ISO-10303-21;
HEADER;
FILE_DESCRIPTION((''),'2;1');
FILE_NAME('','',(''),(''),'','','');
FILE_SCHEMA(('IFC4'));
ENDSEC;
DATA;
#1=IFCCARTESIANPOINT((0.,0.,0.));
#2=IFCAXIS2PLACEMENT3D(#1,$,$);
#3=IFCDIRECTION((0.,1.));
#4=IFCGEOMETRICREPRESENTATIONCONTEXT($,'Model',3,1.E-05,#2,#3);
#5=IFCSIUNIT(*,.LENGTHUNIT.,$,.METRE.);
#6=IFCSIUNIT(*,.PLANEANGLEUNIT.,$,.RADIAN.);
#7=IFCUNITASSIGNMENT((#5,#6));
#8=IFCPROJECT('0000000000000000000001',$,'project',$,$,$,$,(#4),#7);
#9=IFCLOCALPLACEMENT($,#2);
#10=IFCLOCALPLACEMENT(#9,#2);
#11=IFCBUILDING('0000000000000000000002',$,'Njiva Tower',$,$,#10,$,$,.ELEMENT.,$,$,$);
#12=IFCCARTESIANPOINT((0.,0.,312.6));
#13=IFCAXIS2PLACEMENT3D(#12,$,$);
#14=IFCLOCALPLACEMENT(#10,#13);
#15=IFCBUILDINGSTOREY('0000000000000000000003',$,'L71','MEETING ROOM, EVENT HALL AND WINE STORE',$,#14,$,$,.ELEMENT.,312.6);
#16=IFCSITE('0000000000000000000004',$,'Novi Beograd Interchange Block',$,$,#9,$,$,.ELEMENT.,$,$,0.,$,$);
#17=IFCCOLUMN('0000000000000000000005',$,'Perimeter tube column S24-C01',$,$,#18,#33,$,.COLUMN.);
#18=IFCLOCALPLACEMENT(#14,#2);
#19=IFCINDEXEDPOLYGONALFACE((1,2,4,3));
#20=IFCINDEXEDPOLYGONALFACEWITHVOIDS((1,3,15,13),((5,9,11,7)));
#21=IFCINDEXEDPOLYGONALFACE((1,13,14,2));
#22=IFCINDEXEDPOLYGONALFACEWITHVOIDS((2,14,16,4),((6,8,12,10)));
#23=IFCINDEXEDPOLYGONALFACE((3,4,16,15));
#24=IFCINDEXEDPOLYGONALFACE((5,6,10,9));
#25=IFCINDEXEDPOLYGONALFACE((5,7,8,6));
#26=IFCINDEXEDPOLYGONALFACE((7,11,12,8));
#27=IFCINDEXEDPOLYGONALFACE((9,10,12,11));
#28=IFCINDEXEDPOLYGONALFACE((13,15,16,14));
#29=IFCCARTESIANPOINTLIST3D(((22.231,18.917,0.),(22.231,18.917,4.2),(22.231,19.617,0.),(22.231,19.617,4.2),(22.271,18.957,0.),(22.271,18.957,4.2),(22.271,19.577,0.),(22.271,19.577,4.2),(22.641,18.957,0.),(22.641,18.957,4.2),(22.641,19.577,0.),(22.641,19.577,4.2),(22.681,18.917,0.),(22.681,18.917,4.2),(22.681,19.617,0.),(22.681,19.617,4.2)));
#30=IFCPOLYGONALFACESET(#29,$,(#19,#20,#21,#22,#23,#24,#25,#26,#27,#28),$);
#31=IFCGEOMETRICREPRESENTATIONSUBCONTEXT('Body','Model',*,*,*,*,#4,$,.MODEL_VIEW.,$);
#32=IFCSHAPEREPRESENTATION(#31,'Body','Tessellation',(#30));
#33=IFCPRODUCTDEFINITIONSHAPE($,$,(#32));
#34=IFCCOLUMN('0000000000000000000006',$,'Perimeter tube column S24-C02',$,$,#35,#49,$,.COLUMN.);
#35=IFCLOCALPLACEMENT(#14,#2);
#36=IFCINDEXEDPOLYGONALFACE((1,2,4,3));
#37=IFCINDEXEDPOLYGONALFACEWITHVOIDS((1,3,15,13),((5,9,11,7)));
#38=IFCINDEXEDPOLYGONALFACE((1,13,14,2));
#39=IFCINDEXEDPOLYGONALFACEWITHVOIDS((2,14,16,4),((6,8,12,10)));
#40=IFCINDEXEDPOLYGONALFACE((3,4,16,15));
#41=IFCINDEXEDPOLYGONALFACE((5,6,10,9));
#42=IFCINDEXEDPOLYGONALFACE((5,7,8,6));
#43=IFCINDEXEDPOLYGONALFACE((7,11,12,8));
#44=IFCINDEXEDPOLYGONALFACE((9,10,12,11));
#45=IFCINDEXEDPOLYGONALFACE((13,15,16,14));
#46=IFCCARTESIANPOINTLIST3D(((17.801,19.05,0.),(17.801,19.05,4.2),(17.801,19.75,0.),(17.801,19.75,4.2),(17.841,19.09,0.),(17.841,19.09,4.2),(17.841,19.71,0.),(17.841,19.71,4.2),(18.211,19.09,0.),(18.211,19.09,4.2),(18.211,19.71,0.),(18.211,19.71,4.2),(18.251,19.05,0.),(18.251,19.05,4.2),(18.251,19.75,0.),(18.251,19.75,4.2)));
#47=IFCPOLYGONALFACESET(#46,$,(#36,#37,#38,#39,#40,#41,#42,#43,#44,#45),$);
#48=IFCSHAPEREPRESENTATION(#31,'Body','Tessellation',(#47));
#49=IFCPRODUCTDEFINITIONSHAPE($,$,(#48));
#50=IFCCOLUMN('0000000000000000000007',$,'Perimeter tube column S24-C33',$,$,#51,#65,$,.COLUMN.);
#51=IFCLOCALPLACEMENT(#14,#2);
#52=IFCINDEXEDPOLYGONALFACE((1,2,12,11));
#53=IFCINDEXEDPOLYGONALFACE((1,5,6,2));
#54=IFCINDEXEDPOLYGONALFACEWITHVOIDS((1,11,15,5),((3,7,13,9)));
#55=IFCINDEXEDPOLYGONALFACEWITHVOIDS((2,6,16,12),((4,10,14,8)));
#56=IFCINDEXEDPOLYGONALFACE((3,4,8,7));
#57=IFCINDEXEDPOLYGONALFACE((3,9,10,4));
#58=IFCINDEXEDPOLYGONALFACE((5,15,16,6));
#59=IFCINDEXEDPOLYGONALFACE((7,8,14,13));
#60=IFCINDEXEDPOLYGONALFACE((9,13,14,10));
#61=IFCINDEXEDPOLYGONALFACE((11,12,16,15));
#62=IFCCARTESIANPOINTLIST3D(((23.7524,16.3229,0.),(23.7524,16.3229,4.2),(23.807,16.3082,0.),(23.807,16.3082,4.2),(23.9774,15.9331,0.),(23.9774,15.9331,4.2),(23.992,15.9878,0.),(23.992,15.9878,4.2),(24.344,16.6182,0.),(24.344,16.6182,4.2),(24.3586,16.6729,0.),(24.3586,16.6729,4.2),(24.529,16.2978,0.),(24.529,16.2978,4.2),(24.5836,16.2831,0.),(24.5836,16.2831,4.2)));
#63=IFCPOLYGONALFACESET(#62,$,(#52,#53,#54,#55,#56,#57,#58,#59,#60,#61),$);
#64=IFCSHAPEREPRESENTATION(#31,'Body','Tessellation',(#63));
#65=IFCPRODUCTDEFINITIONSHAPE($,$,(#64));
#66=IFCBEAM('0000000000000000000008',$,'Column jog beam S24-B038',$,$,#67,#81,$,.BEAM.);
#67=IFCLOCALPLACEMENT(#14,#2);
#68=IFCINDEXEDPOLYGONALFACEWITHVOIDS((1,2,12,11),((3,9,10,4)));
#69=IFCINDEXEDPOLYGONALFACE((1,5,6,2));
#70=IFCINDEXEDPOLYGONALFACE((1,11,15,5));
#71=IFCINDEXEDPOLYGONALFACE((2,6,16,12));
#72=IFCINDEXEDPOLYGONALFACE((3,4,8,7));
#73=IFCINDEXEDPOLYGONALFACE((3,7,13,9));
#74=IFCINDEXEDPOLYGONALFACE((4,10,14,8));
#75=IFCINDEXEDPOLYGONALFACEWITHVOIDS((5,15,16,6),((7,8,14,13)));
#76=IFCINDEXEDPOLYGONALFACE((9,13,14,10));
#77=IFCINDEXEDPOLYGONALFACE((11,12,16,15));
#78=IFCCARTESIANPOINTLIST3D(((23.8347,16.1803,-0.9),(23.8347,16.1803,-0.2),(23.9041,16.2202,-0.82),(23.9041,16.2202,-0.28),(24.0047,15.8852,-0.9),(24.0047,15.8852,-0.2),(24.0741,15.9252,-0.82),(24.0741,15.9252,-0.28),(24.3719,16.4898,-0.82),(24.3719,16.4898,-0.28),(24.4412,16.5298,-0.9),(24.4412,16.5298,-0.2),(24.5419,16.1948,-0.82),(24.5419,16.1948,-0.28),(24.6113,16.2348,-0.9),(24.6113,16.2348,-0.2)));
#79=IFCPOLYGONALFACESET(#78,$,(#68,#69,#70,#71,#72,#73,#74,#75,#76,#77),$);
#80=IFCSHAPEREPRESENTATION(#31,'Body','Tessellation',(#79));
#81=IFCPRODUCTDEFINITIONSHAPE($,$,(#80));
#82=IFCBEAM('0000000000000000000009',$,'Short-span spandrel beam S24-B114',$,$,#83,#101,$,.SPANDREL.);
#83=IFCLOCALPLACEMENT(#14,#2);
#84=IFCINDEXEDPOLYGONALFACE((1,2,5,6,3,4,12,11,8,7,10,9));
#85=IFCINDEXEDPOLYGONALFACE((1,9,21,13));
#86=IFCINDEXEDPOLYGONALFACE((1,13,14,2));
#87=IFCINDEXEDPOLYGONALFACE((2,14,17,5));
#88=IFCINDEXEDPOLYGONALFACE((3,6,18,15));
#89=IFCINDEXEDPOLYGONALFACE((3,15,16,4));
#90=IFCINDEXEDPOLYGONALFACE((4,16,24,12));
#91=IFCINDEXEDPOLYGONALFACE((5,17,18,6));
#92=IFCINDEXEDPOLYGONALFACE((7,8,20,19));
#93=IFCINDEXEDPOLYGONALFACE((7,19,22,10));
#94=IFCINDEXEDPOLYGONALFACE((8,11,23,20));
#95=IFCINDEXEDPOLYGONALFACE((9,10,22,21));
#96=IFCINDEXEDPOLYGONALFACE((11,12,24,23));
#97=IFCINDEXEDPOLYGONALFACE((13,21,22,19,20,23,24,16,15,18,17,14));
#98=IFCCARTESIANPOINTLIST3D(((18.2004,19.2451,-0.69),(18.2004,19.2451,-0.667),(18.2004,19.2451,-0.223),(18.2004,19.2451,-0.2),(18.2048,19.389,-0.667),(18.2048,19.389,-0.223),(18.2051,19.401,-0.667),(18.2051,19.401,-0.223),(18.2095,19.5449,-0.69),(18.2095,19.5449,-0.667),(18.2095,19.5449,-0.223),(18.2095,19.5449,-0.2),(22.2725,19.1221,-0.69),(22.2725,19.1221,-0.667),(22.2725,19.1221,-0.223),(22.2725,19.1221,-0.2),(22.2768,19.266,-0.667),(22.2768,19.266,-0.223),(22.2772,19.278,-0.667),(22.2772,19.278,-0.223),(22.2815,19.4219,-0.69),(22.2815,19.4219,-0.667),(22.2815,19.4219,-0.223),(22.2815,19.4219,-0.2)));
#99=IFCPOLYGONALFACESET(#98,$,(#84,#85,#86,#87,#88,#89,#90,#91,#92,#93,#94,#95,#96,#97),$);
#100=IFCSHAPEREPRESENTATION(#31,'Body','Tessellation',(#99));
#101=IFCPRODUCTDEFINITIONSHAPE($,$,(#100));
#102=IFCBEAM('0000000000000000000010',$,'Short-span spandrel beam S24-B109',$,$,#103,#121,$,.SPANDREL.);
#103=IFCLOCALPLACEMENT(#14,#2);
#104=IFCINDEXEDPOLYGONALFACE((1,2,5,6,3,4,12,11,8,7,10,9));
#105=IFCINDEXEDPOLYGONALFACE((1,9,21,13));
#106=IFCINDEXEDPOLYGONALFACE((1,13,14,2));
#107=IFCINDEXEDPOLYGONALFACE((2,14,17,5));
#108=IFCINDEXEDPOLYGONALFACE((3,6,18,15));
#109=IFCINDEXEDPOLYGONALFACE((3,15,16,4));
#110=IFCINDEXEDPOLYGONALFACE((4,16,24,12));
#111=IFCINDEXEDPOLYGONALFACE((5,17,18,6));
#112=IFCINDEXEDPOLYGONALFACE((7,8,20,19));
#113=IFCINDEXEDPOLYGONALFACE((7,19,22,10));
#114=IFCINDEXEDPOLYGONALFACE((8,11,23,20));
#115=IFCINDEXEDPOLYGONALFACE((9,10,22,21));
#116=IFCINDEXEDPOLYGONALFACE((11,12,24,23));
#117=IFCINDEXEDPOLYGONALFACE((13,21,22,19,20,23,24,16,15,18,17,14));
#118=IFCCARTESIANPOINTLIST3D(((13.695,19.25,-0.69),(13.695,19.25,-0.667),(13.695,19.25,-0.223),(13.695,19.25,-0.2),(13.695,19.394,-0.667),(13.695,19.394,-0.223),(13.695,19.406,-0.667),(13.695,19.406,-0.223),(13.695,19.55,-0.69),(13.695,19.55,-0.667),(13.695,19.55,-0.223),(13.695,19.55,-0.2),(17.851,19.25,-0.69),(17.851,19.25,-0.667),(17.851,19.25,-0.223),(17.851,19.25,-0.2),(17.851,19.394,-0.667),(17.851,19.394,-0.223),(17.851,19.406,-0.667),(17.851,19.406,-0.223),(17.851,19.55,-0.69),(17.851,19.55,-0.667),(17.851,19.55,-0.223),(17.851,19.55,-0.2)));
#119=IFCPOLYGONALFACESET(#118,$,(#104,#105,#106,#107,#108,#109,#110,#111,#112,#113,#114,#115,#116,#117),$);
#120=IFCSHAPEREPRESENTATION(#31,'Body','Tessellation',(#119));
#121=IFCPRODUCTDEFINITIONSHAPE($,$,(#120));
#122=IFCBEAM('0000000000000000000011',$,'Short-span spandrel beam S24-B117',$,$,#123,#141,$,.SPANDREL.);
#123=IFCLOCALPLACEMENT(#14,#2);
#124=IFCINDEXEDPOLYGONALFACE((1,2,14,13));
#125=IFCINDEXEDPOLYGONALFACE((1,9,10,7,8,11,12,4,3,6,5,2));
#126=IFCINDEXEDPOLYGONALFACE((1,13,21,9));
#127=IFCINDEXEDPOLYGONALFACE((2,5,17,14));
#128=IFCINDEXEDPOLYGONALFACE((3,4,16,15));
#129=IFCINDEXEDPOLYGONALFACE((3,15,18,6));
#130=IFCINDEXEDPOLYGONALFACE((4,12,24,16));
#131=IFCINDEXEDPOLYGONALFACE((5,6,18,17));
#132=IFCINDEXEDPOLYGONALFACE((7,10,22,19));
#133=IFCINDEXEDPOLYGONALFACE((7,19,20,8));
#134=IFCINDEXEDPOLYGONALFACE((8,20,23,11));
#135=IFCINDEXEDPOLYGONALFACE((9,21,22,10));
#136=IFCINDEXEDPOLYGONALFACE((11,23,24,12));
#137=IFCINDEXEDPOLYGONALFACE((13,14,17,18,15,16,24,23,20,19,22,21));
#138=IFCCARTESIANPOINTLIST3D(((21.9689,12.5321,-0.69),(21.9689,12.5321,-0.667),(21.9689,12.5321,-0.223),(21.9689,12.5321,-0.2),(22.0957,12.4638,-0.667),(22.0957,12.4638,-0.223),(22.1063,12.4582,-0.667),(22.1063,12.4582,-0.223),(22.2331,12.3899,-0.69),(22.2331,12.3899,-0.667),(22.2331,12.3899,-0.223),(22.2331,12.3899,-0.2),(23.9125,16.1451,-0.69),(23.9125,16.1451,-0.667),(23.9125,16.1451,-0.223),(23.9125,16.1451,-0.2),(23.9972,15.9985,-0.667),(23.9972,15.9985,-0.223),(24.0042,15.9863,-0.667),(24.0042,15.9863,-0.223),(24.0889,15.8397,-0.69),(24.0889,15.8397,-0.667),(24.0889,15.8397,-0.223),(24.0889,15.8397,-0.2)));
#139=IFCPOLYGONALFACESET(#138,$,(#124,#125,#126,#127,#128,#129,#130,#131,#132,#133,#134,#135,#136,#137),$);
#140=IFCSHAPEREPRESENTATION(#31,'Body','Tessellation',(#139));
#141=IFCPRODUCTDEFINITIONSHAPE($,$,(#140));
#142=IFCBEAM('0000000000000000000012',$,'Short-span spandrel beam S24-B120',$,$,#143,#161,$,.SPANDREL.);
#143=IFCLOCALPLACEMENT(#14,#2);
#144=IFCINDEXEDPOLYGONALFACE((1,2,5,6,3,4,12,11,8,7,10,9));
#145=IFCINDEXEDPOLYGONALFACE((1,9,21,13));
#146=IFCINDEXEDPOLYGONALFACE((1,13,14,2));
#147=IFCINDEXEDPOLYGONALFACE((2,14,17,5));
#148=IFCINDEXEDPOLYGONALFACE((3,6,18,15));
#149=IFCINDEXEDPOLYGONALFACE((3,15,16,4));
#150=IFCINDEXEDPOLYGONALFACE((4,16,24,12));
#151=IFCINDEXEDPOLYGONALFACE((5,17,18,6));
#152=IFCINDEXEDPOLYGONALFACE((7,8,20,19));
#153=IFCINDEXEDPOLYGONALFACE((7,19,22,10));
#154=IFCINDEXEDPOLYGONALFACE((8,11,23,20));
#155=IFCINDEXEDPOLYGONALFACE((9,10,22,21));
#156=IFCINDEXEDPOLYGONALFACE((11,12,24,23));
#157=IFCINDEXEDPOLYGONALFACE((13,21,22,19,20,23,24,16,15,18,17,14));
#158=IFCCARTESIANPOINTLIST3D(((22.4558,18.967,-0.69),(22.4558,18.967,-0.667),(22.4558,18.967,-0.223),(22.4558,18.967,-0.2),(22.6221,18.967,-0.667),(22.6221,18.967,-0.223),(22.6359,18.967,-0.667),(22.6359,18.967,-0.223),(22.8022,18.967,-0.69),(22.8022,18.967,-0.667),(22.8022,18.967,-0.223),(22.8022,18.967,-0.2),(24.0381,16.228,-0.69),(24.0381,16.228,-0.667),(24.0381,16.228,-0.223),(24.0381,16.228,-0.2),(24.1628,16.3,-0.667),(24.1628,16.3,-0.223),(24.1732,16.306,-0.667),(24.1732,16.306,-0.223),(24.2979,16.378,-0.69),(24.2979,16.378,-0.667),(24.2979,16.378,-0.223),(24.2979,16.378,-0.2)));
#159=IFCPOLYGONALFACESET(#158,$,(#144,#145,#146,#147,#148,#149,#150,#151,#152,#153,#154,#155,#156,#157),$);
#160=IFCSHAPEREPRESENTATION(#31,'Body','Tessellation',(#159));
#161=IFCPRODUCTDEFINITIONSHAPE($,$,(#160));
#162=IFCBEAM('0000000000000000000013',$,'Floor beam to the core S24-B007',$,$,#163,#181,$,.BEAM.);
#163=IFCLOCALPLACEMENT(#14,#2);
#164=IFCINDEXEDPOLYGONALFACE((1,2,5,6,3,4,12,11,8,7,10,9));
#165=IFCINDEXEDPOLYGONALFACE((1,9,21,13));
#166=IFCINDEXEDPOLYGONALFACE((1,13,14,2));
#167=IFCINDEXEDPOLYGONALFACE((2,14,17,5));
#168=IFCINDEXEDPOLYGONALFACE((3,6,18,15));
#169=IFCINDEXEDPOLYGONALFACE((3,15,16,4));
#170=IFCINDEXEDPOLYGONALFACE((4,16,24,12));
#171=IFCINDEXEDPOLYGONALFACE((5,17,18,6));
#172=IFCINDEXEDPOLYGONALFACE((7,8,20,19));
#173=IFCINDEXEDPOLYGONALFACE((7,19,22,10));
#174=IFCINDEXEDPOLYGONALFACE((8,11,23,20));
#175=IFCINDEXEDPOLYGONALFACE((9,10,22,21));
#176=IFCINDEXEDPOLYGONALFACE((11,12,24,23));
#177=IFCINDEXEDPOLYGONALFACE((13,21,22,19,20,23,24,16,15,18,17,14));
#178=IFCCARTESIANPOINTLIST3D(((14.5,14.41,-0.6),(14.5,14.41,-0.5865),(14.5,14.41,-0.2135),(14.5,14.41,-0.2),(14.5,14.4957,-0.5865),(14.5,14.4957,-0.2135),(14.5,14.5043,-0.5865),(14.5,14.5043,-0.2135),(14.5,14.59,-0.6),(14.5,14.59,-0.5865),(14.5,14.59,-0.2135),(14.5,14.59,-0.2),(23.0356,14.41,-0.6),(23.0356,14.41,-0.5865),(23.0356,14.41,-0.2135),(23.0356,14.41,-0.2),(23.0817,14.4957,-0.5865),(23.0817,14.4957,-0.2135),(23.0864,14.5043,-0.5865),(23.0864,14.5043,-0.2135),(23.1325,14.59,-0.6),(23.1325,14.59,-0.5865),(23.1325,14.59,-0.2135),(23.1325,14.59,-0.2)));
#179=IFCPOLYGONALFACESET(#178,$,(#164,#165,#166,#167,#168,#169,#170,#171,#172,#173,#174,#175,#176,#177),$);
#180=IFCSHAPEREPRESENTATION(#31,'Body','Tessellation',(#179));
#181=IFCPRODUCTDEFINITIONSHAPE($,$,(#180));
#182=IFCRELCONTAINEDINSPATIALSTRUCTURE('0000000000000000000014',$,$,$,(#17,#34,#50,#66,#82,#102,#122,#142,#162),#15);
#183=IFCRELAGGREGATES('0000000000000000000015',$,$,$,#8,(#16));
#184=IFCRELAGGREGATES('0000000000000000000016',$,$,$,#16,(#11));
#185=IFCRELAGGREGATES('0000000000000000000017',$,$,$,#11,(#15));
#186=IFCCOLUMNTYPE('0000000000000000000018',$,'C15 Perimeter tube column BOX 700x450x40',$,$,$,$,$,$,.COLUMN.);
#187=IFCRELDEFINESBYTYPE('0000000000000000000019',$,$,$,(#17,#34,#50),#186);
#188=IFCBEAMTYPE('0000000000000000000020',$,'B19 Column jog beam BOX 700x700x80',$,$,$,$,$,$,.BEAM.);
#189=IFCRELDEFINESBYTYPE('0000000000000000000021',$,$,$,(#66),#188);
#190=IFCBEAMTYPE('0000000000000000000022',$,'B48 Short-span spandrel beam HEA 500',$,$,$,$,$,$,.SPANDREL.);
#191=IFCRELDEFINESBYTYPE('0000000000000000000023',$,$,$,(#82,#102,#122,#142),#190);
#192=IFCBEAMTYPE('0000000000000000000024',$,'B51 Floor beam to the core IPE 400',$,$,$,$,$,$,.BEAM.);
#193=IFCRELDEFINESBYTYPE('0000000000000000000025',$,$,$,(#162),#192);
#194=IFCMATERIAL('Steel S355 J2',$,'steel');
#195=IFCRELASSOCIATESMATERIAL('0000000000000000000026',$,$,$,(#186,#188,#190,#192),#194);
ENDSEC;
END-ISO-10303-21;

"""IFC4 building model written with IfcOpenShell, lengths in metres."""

from ifc_helpers import new_model, si_unit, direction, frame, origin, origin_2d, place, context, subcontext, project, spatial, hollow_rectangle, i_section, extrude, clip, halfspace, material, material_profile, profile_set, type_object, element, save


model = new_model("IFC4")

# Units and contexts
model_context = context("Model", 3, precision=1e-05, world=origin(), true_north=direction((0.0, 1.0)))
body_context = subcontext(model_context, "Body", "Model", "MODEL_VIEW")
ifc_project = project(units=[si_unit("LENGTHUNIT", "METRE"), si_unit("PLANEANGLEUNIT", "RADIAN")], contexts=[model_context])

# Site, building, storey
site_placement = place(None, origin())
site = spatial("IfcSite", under=ifc_project, at=site_placement, Name="Novi Beograd Interchange Block", CompositionType="ELEMENT", RefElevation=0.0)
building_placement = place(site_placement, origin())
building = spatial("IfcBuilding", under=site, at=building_placement, Name="Njiva Tower", CompositionType="ELEMENT")
storey_placement = place(building_placement, frame((0.0, 0.0, 312.6)))
storey = spatial("IfcBuildingStorey", under=building, at=storey_placement, Name="L71", Description="MEETING ROOM, EVENT HALL AND WINE STORE", CompositionType="ELEMENT", Elevation=312.6)

# Columns
ifc_material_1 = material(Name="Steel S355 J2", Category="steel")
ifc_material_profile_1 = material_profile(ifc_material_1, hollow_rectangle(XDim=0.45, YDim=0.7, WallThickness=0.04, at=origin_2d()), Name="BOX 700x450x40")
ifc_profile_set_1 = profile_set([ifc_material_profile_1], Name="Steel S355 J2")
column_type = type_object("IfcColumnType", Name="C15 Perimeter tube column BOX 700x450x40", PredefinedType="COLUMN", material=ifc_profile_set_1)
for number, where, z_axis, x_axis, name in (
    (1, (22.456, 19.267, 0.0), (0.0, 0.0, 1.0), (-1.0, 0.0, 0.0), "Perimeter tube column S24-C01"),
    (2, (18.026, 19.4, 0.0), (0.0, 0.0, 1.0), (-1.0, 0.0, 0.0), "Perimeter tube column S24-C02"),
    (3, (24.168, 16.303, 0.0), (0.0, 0.0, 1.0), (-0.5, 0.866025, 0.0), "Perimeter tube column S24-C33"),
):
    element("IfcColumn", number, at=place(storey_placement, frame(where, z_axis=z_axis, x_axis=x_axis)), inside=storey, type_object=column_type, Name=name, PredefinedType="COLUMN", context=body_context, shape_type="SweptSolid", body=[
        extrude(hollow_rectangle(XDim=0.45, YDim=0.7, WallThickness=0.04, at=origin_2d()), origin(), (0.0, 0.0, 1.0), 4.2),
    ])

# Beams
ifc_material_profile_2 = material_profile(ifc_material_1, hollow_rectangle(XDim=0.7, YDim=0.7, WallThickness=0.08, at=origin_2d()), Name="BOX 700x700x80")
ifc_profile_set_2 = profile_set([ifc_material_profile_2], Name="Steel S355 J2")
beam_type_1 = type_object("IfcBeamType", Name="B19 Column jog beam BOX 700x700x80", PredefinedType="BEAM", material=ifc_profile_set_2)
beam_1_placement = place(storey_placement, frame((24.308, 16.06, -0.55), z_axis=(-0.499299, 0.86643, 0.0), x_axis=(-0.86643, -0.499299, 0.0)))
element("IfcBeam", 4, at=beam_1_placement, inside=storey, type_object=beam_type_1, Name="Column jog beam S24-B038", PredefinedType="BEAM", context=body_context, shape_type="SweptSolid", body=[
    extrude(hollow_rectangle(XDim=0.7, YDim=0.7, WallThickness=0.08, at=origin_2d()), origin(), (0.0, 0.0, 1.0), 0.3405),
])
ifc_material_profile_3 = material_profile(ifc_material_1, i_section(OverallWidth=0.3, OverallDepth=0.49, WebThickness=0.012, FlangeThickness=0.023, at=origin_2d()), Name="HEA 500")
ifc_profile_set_3 = profile_set([ifc_material_profile_3], Name="Steel S355 J2")
beam_type_2 = type_object("IfcBeamType", Name="B48 Short-span spandrel beam HEA 500", PredefinedType="SPANDREL", material=ifc_profile_set_3)
beam_2_placement = place(storey_placement, frame((22.277, 19.272, -0.445), z_axis=(-0.999544, 0.030193, 0.0), x_axis=(-0.030193, -0.999544, 0.0)))
element("IfcBeam", 5, at=beam_2_placement, inside=storey, type_object=beam_type_2, Name="Short-span spandrel beam S24-B114", PredefinedType="SPANDREL", context=body_context, shape_type="SweptSolid", body=[
    extrude(i_section(OverallWidth=0.3, OverallDepth=0.49, WebThickness=0.012, FlangeThickness=0.023, at=origin_2d()), origin(), (0.0, 0.0, 1.0), 4.0739),
])
beam_3_placement = place(storey_placement, frame((17.851, 19.4, -0.445), z_axis=(-1.0, 0.0, 0.0), x_axis=(0.0, -1.0, 0.0)))
element("IfcBeam", 6, at=beam_3_placement, inside=storey, type_object=beam_type_2, Name="Short-span spandrel beam S24-B109", PredefinedType="SPANDREL", context=body_context, shape_type="SweptSolid", body=[
    extrude(i_section(OverallWidth=0.3, OverallDepth=0.49, WebThickness=0.012, FlangeThickness=0.023, at=origin_2d()), origin(), (0.0, 0.0, 1.0), 4.156),
])
beam_4_placement = place(storey_placement, frame((22.101, 12.461, -0.445), z_axis=(0.473743, 0.880663, 0.0), x_axis=(-0.880663, 0.473743, 0.0)))
element("IfcBeam", 7, at=beam_4_placement, inside=storey, type_object=beam_type_2, Name="Short-span spandrel beam S24-B117", PredefinedType="SPANDREL", context=body_context, shape_type="Clipping", body=[
    clip(extrude(i_section(OverallWidth=0.3, OverallDepth=0.49, WebThickness=0.012, FlangeThickness=0.023, at=origin_2d()), origin(), (0.0, 0.0, 1.0), 4.1236), halfspace(frame((-0.0261, 0.0, 3.9938), z_axis=(-0.525807, 0.0, 0.850604), x_axis=(0.0, 1.0, 0.0)), False)),
])
beam_5_placement = place(storey_placement, frame((24.168, 16.303, -0.445), z_axis=(-0.500229, 0.865893, 0.0), x_axis=(-0.865893, -0.500229, 0.0)))
element("IfcBeam", 8, at=beam_5_placement, inside=storey, type_object=beam_type_2, Name="Short-span spandrel beam S24-B120", PredefinedType="SPANDREL", context=body_context, shape_type="Clipping", body=[
    clip(extrude(i_section(OverallWidth=0.3, OverallDepth=0.49, WebThickness=0.012, FlangeThickness=0.023, at=origin_2d()), origin(), (0.0, 0.0, 1.0), 3.1836), halfspace(frame((-0.0254, 0.0, 3.0619), z_axis=(-0.500229, 0.0, 0.865893), x_axis=(0.0, 1.0, 0.0)), False)),
])
ifc_material_profile_4 = material_profile(ifc_material_1, i_section(OverallWidth=0.18, OverallDepth=0.4, WebThickness=0.0086, FlangeThickness=0.0135, at=origin_2d()), Name="IPE 400")
ifc_profile_set_4 = profile_set([ifc_material_profile_4], Name="Steel S355 J2")
beam_type_3 = type_object("IfcBeamType", Name="B51 Floor beam to the core IPE 400", PredefinedType="BEAM", material=ifc_profile_set_4)
beam_6_placement = place(storey_placement, frame((14.5, 14.5, -0.4), z_axis=(1.0, 0.0, 0.0), x_axis=(0.0, 1.0, 0.0)))
element("IfcBeam", 9, at=beam_6_placement, inside=storey, type_object=beam_type_3, Name="Floor beam to the core S24-B007", PredefinedType="BEAM", context=body_context, shape_type="Clipping", body=[
    clip(extrude(i_section(OverallWidth=0.18, OverallDepth=0.4, WebThickness=0.0086, FlangeThickness=0.0135, at=origin_2d()), origin(), (0.0, 0.0, 1.0), 8.652), halfspace(frame((-0.0237, 0.0, 8.5713), z_axis=(-0.473762, 0.0, 0.880653), x_axis=(0.0, 1.0, 0.0)), False)),
])

save(model, "model.ifc")
